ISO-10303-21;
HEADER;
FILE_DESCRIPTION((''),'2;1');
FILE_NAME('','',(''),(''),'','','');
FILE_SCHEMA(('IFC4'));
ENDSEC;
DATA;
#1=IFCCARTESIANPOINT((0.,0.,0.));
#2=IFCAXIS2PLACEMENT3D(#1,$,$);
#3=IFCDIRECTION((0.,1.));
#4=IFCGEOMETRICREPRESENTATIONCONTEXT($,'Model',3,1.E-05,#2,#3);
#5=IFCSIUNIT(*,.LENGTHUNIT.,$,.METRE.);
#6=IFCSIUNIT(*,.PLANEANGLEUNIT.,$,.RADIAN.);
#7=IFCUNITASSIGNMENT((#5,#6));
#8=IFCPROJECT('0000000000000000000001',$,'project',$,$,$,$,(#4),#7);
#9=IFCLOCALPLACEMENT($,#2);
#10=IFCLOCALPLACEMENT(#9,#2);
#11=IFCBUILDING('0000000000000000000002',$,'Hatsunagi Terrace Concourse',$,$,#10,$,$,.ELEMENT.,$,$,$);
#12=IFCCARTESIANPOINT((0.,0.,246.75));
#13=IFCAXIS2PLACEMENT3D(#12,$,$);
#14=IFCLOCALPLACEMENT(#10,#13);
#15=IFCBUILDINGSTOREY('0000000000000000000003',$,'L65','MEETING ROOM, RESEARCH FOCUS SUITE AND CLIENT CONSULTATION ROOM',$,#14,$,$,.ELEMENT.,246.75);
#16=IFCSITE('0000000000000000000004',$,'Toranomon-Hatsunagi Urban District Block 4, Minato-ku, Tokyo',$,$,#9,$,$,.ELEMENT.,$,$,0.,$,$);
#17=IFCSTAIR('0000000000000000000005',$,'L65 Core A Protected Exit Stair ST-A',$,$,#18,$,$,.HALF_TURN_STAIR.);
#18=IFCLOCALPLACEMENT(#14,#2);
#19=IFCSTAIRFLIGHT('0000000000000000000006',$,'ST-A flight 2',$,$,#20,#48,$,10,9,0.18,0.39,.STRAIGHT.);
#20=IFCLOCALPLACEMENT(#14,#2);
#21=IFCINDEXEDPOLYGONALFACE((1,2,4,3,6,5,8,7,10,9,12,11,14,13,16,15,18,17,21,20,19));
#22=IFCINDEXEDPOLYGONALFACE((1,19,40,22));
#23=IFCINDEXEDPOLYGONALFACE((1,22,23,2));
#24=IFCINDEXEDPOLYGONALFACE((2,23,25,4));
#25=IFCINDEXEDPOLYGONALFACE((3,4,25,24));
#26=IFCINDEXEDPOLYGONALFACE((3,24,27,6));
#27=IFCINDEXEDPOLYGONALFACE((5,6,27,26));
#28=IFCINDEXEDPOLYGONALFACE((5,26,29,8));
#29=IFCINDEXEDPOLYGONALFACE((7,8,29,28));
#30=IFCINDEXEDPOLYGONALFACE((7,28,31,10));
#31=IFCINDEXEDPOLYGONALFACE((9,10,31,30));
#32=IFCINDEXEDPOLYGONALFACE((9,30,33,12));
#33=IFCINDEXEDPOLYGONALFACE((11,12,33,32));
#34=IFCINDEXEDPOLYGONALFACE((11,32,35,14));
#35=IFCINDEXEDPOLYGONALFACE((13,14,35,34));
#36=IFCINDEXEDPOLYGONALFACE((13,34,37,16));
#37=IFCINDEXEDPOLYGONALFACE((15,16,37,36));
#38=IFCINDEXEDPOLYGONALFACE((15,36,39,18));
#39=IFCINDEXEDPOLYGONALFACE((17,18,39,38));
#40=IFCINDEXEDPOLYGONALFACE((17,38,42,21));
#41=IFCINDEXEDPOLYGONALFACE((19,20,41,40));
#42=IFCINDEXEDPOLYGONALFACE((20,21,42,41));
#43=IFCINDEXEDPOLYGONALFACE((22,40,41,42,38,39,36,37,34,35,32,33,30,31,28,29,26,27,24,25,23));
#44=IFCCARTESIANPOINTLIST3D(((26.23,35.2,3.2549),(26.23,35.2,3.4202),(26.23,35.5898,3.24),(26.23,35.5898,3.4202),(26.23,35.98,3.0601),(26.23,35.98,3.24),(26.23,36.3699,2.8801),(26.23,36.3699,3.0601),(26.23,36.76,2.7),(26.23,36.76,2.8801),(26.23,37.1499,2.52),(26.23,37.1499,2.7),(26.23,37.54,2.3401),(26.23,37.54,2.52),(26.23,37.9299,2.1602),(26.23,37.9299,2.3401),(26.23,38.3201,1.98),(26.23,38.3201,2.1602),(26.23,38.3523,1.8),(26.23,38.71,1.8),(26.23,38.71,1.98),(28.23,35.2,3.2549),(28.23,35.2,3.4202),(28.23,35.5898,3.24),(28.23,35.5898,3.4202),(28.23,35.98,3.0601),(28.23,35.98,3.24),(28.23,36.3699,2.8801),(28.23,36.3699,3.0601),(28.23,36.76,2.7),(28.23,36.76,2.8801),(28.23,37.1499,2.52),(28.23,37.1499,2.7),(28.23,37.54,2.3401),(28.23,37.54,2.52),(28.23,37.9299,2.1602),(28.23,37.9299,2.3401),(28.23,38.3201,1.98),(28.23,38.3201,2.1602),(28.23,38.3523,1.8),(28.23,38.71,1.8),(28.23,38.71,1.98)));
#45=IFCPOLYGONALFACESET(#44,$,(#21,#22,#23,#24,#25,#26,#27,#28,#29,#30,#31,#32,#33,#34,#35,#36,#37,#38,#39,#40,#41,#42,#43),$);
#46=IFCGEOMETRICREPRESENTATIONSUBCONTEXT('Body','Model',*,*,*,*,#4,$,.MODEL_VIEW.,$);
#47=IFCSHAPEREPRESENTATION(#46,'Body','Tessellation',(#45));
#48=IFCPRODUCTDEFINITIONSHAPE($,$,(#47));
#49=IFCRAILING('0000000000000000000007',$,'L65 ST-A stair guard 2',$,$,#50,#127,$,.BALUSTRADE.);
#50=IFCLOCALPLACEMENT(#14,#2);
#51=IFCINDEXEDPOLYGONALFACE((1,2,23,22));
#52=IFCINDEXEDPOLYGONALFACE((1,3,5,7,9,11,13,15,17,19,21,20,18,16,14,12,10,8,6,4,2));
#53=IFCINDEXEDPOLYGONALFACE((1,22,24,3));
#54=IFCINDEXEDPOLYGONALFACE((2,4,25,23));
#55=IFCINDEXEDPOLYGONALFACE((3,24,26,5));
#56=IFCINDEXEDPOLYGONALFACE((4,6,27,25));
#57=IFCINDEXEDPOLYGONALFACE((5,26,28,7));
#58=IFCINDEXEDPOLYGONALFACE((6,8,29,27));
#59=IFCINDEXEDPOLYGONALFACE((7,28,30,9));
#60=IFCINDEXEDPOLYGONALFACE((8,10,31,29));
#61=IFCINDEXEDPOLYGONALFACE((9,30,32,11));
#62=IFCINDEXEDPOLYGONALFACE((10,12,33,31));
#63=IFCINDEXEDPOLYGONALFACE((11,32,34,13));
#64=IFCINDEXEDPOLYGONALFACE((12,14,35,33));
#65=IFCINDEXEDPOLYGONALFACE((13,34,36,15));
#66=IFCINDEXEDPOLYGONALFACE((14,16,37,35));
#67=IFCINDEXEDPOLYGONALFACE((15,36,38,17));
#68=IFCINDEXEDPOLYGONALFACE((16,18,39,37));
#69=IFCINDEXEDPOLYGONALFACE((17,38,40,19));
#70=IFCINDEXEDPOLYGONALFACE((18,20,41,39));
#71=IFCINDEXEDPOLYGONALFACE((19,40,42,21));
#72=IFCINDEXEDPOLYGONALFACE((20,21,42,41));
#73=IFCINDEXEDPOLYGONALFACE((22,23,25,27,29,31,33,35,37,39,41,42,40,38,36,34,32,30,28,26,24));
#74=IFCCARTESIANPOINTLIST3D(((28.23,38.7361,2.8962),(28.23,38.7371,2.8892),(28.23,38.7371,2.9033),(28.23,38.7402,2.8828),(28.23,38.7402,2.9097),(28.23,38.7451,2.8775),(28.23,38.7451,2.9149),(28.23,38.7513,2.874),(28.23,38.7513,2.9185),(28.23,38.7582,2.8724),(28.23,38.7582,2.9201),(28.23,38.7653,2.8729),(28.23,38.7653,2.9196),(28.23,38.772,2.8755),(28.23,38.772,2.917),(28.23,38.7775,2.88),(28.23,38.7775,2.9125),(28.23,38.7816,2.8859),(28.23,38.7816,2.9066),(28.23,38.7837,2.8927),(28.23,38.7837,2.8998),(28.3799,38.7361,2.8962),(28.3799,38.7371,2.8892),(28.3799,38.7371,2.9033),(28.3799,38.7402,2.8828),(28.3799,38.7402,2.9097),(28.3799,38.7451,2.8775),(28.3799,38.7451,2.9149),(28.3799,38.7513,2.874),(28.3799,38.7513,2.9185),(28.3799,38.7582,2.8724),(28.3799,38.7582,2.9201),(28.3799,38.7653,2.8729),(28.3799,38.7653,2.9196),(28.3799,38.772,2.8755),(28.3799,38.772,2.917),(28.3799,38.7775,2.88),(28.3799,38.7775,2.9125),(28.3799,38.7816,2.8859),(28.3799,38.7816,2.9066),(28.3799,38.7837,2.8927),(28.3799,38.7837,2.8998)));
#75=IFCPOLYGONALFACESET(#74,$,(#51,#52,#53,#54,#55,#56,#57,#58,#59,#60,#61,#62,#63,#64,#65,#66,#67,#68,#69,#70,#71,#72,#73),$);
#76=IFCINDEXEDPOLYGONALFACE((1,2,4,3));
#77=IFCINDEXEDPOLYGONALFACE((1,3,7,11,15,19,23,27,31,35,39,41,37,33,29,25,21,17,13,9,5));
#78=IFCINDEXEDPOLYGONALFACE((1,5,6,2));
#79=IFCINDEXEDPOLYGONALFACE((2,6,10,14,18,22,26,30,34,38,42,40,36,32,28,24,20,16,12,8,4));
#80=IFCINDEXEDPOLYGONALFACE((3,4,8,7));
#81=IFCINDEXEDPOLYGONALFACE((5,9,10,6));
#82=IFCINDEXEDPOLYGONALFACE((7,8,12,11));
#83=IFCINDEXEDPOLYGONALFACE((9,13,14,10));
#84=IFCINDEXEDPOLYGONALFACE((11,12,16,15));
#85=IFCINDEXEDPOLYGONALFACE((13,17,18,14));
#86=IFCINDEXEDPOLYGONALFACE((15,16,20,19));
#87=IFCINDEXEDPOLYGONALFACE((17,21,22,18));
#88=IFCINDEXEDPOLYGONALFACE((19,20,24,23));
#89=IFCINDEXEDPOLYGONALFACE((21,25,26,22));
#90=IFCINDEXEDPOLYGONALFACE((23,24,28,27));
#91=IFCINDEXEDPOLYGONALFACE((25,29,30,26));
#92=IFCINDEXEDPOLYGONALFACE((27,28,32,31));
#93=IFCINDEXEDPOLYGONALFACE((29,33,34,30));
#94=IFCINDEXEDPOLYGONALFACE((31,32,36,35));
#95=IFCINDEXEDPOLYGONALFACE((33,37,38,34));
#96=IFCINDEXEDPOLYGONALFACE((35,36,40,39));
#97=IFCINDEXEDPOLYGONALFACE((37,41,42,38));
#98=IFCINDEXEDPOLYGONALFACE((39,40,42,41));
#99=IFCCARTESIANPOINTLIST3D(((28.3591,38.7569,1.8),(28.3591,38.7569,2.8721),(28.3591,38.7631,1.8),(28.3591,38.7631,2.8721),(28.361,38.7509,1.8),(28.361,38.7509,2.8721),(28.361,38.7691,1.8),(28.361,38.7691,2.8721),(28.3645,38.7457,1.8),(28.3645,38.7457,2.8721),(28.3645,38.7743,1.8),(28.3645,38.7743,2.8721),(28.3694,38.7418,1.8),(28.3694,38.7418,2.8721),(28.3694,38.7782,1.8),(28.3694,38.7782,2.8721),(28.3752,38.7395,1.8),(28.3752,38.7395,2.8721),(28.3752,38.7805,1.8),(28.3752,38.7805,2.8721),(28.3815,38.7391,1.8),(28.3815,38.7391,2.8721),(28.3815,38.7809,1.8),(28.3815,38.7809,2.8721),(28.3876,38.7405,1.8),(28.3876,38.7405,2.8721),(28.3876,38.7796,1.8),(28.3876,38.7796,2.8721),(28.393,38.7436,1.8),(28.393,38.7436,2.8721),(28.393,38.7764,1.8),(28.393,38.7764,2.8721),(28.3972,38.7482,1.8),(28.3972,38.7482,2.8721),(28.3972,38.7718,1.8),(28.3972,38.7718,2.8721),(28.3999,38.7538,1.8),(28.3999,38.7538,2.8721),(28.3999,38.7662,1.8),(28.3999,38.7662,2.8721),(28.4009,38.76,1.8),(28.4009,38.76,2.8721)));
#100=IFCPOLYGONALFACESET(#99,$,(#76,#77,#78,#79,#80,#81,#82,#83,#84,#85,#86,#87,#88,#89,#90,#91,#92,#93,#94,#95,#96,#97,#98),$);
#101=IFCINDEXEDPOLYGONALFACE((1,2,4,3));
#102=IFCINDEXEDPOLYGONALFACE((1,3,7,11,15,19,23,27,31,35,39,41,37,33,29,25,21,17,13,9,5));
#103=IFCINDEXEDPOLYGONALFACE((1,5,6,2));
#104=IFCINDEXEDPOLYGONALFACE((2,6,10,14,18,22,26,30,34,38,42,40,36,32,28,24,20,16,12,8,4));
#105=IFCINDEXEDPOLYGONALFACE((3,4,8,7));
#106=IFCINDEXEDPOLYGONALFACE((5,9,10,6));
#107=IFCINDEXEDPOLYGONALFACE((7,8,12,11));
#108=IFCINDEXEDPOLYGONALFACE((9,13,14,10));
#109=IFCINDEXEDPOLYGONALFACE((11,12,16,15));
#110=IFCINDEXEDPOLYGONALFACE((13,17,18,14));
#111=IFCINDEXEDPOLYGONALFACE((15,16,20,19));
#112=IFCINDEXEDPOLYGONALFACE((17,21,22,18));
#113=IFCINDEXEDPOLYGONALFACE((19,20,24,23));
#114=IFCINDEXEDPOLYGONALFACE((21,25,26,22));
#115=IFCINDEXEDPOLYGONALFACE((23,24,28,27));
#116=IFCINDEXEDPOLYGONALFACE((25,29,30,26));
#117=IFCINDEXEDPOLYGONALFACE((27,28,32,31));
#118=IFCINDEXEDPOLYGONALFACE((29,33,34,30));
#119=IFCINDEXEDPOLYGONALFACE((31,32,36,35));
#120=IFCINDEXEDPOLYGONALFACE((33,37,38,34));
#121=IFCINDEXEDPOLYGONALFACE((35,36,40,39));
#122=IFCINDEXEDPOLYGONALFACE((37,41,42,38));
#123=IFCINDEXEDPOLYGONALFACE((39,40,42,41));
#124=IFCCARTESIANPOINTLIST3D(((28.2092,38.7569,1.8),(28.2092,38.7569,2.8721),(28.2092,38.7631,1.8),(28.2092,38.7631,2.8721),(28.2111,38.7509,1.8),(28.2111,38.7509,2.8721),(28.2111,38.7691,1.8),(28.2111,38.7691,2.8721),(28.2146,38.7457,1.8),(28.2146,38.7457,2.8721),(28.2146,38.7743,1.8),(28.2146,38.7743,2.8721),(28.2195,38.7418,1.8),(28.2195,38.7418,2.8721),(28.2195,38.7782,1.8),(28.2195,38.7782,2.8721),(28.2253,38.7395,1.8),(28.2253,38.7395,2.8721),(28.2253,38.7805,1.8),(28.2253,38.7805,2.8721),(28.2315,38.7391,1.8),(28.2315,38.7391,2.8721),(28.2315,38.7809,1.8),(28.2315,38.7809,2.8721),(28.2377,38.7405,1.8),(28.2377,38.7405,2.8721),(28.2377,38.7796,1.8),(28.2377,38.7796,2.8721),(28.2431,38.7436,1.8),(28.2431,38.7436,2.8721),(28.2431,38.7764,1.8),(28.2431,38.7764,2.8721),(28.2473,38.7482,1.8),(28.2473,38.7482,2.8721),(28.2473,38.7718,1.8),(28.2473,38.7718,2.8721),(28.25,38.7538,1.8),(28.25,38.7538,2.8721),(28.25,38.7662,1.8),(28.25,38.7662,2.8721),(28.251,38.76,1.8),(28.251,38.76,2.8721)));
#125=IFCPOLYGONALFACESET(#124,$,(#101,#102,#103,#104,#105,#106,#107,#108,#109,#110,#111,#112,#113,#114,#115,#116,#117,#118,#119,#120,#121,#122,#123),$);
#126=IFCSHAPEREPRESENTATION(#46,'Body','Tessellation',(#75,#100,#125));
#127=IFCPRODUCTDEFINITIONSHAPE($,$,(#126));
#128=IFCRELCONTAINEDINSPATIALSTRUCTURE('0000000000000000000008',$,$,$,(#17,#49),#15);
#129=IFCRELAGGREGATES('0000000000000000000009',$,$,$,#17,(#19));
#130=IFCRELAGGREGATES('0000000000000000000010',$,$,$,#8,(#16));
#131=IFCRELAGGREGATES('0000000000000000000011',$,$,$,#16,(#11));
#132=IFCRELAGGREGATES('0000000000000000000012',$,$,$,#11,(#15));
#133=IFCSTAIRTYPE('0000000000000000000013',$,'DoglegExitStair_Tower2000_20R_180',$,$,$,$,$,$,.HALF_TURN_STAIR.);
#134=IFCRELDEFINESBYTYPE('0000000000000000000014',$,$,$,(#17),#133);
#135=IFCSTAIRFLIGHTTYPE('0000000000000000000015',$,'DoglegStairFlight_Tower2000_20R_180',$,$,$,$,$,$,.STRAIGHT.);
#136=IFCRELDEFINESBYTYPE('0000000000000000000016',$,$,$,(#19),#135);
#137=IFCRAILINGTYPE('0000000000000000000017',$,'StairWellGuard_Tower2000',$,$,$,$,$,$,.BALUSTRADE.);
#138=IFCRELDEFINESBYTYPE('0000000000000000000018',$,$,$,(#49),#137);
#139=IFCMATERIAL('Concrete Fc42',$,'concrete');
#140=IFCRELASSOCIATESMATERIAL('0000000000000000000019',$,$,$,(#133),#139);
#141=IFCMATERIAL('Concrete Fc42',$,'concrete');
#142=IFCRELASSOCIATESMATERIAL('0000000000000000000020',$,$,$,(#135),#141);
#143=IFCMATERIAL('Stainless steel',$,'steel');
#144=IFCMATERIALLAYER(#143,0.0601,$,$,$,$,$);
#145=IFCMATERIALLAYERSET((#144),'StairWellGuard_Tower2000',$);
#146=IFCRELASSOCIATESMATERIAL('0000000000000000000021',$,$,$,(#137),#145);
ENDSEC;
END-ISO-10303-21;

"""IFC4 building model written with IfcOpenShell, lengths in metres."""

from ifc_helpers import new_model, si_unit, direction, frame, origin, origin_2d, place, context, subcontext, project, spatial, polyline, circle, outline, extrude, material, layer, layer_set, type_object, element, aggregate, save


model = new_model("IFC4")

# Units and contexts
model_context = context("Model", 3, precision=1e-05, world=origin(), true_north=direction((0.0, 1.0)))
body_context = subcontext(model_context, "Body", "Model", "MODEL_VIEW")
ifc_project = project(units=[si_unit("LENGTHUNIT", "METRE"), si_unit("PLANEANGLEUNIT", "RADIAN")], contexts=[model_context])

# Site, building, storey
site_placement = place(None, origin())
site = spatial("IfcSite", under=ifc_project, at=site_placement, Name="Toranomon-Hatsunagi Urban District Block 4, Minato-ku, Tokyo", CompositionType="ELEMENT", RefElevation=0.0)
building_placement = place(site_placement, origin())
building = spatial("IfcBuilding", under=site, at=building_placement, Name="Hatsunagi Terrace Concourse", CompositionType="ELEMENT")
storey_placement = place(building_placement, frame((0.0, 0.0, 246.75)))
storey = spatial("IfcBuildingStorey", under=building, at=storey_placement, Name="L65", Description="MEETING ROOM, RESEARCH FOCUS SUITE AND CLIENT CONSULTATION ROOM", CompositionType="ELEMENT", Elevation=246.75)

# Stair, stair flight
ifc_material_1 = material(Name="Concrete Fc42", Category="concrete")
stair_type = type_object("IfcStairType", Name="DoglegExitStair_Tower2000_20R_180", PredefinedType="HALF_TURN_STAIR", material=ifc_material_1)
stair_placement = place(storey_placement, origin())
stair = element("IfcStair", 1, at=stair_placement, inside=storey, type_object=stair_type, Name="L65 Core A Protected Exit Stair ST-A", PredefinedType="HALF_TURN_STAIR")
ifc_material_2 = material(Name="Concrete Fc42", Category="concrete")
stair_flight_type = type_object("IfcStairFlightType", Name="DoglegStairFlight_Tower2000_20R_180", PredefinedType="STRAIGHT", material=ifc_material_2)
stair_flight_placement = place(storey_placement, frame((27.23, 38.71, 1.8), z_axis=(0.0, 0.0, 1.0), x_axis=(0.0, -1.0, 0.0)))
stair_flight = element("IfcStairFlight", 2, at=stair_flight_placement, type_object=stair_flight_type, Name="ST-A flight 2", NumberOfRisers=10, NumberOfTreads=9, PredefinedType="STRAIGHT", RiserHeight=0.18, TreadLength=0.39, context=body_context, shape_type="SweptSolid", body=[
    extrude(outline(polyline([(0.0, 0.0), (0.0, 0.1799), (0.3899, 0.1799), (0.3899, 0.3601), (0.78, 0.3601), (0.78, 0.54), (1.1699, 0.54), (1.1699, 0.72), (1.5601, 0.72), (1.5601, 0.8999), (1.95, 0.8999), (1.95, 1.0801), (2.3401, 1.0801), (2.3401, 1.26), (2.73, 1.26), (2.73, 1.4399), (3.1201, 1.4399), (3.1201, 1.6201), (3.51, 1.6201), (3.51, 1.8), (3.51, 1.4548), (0.3577, 0.0), (0.0, 0.0)])), frame((0.0, 1.0, 0.0), z_axis=(0.0, -1.0, 0.0), x_axis=(1.0, 0.0, 0.0)), (0.0, 0.0, 1.0), 2.0),
])
aggregate(stair, [stair_flight])

# Railing
ifc_material_3 = material(Name="Stainless steel", Category="steel")
ifc_layer_1 = layer(ifc_material_3, 0.0601)
ifc_layer_set_1 = layer_set([ifc_layer_1], Name="StairWellGuard_Tower2000")
railing_type = type_object("IfcRailingType", Name="StairWellGuard_Tower2000", PredefinedType="BALUSTRADE", material=ifc_layer_set_1)
railing_1_placement = place(storey_placement, frame((28.3799, 38.76, 1.8)))
element("IfcRailing", 3, at=railing_1_placement, inside=storey, type_object=railing_type, Name="L65 ST-A stair guard 2", PredefinedType="BALUSTRADE", context=body_context, shape_type="SweptSolid", body=[
    extrude(circle(Radius=0.0239, at=origin_2d()), frame((0.0, 0.0, 1.0962), z_axis=(-1.0, 0.0, 0.0), x_axis=(0.0, -1.0, 0.0)), (0.0, 0.0, 1.0), 0.1499),
    extrude(circle(Radius=0.021, at=origin_2d()), origin(), (0.0, 0.0, 1.0), 1.072),
    extrude(circle(Radius=0.021, at=origin_2d()), frame((-0.1499, 0.0, 0.0)), (0.0, 0.0, 1.0), 1.072),
])

save(model, "model.ifc")
